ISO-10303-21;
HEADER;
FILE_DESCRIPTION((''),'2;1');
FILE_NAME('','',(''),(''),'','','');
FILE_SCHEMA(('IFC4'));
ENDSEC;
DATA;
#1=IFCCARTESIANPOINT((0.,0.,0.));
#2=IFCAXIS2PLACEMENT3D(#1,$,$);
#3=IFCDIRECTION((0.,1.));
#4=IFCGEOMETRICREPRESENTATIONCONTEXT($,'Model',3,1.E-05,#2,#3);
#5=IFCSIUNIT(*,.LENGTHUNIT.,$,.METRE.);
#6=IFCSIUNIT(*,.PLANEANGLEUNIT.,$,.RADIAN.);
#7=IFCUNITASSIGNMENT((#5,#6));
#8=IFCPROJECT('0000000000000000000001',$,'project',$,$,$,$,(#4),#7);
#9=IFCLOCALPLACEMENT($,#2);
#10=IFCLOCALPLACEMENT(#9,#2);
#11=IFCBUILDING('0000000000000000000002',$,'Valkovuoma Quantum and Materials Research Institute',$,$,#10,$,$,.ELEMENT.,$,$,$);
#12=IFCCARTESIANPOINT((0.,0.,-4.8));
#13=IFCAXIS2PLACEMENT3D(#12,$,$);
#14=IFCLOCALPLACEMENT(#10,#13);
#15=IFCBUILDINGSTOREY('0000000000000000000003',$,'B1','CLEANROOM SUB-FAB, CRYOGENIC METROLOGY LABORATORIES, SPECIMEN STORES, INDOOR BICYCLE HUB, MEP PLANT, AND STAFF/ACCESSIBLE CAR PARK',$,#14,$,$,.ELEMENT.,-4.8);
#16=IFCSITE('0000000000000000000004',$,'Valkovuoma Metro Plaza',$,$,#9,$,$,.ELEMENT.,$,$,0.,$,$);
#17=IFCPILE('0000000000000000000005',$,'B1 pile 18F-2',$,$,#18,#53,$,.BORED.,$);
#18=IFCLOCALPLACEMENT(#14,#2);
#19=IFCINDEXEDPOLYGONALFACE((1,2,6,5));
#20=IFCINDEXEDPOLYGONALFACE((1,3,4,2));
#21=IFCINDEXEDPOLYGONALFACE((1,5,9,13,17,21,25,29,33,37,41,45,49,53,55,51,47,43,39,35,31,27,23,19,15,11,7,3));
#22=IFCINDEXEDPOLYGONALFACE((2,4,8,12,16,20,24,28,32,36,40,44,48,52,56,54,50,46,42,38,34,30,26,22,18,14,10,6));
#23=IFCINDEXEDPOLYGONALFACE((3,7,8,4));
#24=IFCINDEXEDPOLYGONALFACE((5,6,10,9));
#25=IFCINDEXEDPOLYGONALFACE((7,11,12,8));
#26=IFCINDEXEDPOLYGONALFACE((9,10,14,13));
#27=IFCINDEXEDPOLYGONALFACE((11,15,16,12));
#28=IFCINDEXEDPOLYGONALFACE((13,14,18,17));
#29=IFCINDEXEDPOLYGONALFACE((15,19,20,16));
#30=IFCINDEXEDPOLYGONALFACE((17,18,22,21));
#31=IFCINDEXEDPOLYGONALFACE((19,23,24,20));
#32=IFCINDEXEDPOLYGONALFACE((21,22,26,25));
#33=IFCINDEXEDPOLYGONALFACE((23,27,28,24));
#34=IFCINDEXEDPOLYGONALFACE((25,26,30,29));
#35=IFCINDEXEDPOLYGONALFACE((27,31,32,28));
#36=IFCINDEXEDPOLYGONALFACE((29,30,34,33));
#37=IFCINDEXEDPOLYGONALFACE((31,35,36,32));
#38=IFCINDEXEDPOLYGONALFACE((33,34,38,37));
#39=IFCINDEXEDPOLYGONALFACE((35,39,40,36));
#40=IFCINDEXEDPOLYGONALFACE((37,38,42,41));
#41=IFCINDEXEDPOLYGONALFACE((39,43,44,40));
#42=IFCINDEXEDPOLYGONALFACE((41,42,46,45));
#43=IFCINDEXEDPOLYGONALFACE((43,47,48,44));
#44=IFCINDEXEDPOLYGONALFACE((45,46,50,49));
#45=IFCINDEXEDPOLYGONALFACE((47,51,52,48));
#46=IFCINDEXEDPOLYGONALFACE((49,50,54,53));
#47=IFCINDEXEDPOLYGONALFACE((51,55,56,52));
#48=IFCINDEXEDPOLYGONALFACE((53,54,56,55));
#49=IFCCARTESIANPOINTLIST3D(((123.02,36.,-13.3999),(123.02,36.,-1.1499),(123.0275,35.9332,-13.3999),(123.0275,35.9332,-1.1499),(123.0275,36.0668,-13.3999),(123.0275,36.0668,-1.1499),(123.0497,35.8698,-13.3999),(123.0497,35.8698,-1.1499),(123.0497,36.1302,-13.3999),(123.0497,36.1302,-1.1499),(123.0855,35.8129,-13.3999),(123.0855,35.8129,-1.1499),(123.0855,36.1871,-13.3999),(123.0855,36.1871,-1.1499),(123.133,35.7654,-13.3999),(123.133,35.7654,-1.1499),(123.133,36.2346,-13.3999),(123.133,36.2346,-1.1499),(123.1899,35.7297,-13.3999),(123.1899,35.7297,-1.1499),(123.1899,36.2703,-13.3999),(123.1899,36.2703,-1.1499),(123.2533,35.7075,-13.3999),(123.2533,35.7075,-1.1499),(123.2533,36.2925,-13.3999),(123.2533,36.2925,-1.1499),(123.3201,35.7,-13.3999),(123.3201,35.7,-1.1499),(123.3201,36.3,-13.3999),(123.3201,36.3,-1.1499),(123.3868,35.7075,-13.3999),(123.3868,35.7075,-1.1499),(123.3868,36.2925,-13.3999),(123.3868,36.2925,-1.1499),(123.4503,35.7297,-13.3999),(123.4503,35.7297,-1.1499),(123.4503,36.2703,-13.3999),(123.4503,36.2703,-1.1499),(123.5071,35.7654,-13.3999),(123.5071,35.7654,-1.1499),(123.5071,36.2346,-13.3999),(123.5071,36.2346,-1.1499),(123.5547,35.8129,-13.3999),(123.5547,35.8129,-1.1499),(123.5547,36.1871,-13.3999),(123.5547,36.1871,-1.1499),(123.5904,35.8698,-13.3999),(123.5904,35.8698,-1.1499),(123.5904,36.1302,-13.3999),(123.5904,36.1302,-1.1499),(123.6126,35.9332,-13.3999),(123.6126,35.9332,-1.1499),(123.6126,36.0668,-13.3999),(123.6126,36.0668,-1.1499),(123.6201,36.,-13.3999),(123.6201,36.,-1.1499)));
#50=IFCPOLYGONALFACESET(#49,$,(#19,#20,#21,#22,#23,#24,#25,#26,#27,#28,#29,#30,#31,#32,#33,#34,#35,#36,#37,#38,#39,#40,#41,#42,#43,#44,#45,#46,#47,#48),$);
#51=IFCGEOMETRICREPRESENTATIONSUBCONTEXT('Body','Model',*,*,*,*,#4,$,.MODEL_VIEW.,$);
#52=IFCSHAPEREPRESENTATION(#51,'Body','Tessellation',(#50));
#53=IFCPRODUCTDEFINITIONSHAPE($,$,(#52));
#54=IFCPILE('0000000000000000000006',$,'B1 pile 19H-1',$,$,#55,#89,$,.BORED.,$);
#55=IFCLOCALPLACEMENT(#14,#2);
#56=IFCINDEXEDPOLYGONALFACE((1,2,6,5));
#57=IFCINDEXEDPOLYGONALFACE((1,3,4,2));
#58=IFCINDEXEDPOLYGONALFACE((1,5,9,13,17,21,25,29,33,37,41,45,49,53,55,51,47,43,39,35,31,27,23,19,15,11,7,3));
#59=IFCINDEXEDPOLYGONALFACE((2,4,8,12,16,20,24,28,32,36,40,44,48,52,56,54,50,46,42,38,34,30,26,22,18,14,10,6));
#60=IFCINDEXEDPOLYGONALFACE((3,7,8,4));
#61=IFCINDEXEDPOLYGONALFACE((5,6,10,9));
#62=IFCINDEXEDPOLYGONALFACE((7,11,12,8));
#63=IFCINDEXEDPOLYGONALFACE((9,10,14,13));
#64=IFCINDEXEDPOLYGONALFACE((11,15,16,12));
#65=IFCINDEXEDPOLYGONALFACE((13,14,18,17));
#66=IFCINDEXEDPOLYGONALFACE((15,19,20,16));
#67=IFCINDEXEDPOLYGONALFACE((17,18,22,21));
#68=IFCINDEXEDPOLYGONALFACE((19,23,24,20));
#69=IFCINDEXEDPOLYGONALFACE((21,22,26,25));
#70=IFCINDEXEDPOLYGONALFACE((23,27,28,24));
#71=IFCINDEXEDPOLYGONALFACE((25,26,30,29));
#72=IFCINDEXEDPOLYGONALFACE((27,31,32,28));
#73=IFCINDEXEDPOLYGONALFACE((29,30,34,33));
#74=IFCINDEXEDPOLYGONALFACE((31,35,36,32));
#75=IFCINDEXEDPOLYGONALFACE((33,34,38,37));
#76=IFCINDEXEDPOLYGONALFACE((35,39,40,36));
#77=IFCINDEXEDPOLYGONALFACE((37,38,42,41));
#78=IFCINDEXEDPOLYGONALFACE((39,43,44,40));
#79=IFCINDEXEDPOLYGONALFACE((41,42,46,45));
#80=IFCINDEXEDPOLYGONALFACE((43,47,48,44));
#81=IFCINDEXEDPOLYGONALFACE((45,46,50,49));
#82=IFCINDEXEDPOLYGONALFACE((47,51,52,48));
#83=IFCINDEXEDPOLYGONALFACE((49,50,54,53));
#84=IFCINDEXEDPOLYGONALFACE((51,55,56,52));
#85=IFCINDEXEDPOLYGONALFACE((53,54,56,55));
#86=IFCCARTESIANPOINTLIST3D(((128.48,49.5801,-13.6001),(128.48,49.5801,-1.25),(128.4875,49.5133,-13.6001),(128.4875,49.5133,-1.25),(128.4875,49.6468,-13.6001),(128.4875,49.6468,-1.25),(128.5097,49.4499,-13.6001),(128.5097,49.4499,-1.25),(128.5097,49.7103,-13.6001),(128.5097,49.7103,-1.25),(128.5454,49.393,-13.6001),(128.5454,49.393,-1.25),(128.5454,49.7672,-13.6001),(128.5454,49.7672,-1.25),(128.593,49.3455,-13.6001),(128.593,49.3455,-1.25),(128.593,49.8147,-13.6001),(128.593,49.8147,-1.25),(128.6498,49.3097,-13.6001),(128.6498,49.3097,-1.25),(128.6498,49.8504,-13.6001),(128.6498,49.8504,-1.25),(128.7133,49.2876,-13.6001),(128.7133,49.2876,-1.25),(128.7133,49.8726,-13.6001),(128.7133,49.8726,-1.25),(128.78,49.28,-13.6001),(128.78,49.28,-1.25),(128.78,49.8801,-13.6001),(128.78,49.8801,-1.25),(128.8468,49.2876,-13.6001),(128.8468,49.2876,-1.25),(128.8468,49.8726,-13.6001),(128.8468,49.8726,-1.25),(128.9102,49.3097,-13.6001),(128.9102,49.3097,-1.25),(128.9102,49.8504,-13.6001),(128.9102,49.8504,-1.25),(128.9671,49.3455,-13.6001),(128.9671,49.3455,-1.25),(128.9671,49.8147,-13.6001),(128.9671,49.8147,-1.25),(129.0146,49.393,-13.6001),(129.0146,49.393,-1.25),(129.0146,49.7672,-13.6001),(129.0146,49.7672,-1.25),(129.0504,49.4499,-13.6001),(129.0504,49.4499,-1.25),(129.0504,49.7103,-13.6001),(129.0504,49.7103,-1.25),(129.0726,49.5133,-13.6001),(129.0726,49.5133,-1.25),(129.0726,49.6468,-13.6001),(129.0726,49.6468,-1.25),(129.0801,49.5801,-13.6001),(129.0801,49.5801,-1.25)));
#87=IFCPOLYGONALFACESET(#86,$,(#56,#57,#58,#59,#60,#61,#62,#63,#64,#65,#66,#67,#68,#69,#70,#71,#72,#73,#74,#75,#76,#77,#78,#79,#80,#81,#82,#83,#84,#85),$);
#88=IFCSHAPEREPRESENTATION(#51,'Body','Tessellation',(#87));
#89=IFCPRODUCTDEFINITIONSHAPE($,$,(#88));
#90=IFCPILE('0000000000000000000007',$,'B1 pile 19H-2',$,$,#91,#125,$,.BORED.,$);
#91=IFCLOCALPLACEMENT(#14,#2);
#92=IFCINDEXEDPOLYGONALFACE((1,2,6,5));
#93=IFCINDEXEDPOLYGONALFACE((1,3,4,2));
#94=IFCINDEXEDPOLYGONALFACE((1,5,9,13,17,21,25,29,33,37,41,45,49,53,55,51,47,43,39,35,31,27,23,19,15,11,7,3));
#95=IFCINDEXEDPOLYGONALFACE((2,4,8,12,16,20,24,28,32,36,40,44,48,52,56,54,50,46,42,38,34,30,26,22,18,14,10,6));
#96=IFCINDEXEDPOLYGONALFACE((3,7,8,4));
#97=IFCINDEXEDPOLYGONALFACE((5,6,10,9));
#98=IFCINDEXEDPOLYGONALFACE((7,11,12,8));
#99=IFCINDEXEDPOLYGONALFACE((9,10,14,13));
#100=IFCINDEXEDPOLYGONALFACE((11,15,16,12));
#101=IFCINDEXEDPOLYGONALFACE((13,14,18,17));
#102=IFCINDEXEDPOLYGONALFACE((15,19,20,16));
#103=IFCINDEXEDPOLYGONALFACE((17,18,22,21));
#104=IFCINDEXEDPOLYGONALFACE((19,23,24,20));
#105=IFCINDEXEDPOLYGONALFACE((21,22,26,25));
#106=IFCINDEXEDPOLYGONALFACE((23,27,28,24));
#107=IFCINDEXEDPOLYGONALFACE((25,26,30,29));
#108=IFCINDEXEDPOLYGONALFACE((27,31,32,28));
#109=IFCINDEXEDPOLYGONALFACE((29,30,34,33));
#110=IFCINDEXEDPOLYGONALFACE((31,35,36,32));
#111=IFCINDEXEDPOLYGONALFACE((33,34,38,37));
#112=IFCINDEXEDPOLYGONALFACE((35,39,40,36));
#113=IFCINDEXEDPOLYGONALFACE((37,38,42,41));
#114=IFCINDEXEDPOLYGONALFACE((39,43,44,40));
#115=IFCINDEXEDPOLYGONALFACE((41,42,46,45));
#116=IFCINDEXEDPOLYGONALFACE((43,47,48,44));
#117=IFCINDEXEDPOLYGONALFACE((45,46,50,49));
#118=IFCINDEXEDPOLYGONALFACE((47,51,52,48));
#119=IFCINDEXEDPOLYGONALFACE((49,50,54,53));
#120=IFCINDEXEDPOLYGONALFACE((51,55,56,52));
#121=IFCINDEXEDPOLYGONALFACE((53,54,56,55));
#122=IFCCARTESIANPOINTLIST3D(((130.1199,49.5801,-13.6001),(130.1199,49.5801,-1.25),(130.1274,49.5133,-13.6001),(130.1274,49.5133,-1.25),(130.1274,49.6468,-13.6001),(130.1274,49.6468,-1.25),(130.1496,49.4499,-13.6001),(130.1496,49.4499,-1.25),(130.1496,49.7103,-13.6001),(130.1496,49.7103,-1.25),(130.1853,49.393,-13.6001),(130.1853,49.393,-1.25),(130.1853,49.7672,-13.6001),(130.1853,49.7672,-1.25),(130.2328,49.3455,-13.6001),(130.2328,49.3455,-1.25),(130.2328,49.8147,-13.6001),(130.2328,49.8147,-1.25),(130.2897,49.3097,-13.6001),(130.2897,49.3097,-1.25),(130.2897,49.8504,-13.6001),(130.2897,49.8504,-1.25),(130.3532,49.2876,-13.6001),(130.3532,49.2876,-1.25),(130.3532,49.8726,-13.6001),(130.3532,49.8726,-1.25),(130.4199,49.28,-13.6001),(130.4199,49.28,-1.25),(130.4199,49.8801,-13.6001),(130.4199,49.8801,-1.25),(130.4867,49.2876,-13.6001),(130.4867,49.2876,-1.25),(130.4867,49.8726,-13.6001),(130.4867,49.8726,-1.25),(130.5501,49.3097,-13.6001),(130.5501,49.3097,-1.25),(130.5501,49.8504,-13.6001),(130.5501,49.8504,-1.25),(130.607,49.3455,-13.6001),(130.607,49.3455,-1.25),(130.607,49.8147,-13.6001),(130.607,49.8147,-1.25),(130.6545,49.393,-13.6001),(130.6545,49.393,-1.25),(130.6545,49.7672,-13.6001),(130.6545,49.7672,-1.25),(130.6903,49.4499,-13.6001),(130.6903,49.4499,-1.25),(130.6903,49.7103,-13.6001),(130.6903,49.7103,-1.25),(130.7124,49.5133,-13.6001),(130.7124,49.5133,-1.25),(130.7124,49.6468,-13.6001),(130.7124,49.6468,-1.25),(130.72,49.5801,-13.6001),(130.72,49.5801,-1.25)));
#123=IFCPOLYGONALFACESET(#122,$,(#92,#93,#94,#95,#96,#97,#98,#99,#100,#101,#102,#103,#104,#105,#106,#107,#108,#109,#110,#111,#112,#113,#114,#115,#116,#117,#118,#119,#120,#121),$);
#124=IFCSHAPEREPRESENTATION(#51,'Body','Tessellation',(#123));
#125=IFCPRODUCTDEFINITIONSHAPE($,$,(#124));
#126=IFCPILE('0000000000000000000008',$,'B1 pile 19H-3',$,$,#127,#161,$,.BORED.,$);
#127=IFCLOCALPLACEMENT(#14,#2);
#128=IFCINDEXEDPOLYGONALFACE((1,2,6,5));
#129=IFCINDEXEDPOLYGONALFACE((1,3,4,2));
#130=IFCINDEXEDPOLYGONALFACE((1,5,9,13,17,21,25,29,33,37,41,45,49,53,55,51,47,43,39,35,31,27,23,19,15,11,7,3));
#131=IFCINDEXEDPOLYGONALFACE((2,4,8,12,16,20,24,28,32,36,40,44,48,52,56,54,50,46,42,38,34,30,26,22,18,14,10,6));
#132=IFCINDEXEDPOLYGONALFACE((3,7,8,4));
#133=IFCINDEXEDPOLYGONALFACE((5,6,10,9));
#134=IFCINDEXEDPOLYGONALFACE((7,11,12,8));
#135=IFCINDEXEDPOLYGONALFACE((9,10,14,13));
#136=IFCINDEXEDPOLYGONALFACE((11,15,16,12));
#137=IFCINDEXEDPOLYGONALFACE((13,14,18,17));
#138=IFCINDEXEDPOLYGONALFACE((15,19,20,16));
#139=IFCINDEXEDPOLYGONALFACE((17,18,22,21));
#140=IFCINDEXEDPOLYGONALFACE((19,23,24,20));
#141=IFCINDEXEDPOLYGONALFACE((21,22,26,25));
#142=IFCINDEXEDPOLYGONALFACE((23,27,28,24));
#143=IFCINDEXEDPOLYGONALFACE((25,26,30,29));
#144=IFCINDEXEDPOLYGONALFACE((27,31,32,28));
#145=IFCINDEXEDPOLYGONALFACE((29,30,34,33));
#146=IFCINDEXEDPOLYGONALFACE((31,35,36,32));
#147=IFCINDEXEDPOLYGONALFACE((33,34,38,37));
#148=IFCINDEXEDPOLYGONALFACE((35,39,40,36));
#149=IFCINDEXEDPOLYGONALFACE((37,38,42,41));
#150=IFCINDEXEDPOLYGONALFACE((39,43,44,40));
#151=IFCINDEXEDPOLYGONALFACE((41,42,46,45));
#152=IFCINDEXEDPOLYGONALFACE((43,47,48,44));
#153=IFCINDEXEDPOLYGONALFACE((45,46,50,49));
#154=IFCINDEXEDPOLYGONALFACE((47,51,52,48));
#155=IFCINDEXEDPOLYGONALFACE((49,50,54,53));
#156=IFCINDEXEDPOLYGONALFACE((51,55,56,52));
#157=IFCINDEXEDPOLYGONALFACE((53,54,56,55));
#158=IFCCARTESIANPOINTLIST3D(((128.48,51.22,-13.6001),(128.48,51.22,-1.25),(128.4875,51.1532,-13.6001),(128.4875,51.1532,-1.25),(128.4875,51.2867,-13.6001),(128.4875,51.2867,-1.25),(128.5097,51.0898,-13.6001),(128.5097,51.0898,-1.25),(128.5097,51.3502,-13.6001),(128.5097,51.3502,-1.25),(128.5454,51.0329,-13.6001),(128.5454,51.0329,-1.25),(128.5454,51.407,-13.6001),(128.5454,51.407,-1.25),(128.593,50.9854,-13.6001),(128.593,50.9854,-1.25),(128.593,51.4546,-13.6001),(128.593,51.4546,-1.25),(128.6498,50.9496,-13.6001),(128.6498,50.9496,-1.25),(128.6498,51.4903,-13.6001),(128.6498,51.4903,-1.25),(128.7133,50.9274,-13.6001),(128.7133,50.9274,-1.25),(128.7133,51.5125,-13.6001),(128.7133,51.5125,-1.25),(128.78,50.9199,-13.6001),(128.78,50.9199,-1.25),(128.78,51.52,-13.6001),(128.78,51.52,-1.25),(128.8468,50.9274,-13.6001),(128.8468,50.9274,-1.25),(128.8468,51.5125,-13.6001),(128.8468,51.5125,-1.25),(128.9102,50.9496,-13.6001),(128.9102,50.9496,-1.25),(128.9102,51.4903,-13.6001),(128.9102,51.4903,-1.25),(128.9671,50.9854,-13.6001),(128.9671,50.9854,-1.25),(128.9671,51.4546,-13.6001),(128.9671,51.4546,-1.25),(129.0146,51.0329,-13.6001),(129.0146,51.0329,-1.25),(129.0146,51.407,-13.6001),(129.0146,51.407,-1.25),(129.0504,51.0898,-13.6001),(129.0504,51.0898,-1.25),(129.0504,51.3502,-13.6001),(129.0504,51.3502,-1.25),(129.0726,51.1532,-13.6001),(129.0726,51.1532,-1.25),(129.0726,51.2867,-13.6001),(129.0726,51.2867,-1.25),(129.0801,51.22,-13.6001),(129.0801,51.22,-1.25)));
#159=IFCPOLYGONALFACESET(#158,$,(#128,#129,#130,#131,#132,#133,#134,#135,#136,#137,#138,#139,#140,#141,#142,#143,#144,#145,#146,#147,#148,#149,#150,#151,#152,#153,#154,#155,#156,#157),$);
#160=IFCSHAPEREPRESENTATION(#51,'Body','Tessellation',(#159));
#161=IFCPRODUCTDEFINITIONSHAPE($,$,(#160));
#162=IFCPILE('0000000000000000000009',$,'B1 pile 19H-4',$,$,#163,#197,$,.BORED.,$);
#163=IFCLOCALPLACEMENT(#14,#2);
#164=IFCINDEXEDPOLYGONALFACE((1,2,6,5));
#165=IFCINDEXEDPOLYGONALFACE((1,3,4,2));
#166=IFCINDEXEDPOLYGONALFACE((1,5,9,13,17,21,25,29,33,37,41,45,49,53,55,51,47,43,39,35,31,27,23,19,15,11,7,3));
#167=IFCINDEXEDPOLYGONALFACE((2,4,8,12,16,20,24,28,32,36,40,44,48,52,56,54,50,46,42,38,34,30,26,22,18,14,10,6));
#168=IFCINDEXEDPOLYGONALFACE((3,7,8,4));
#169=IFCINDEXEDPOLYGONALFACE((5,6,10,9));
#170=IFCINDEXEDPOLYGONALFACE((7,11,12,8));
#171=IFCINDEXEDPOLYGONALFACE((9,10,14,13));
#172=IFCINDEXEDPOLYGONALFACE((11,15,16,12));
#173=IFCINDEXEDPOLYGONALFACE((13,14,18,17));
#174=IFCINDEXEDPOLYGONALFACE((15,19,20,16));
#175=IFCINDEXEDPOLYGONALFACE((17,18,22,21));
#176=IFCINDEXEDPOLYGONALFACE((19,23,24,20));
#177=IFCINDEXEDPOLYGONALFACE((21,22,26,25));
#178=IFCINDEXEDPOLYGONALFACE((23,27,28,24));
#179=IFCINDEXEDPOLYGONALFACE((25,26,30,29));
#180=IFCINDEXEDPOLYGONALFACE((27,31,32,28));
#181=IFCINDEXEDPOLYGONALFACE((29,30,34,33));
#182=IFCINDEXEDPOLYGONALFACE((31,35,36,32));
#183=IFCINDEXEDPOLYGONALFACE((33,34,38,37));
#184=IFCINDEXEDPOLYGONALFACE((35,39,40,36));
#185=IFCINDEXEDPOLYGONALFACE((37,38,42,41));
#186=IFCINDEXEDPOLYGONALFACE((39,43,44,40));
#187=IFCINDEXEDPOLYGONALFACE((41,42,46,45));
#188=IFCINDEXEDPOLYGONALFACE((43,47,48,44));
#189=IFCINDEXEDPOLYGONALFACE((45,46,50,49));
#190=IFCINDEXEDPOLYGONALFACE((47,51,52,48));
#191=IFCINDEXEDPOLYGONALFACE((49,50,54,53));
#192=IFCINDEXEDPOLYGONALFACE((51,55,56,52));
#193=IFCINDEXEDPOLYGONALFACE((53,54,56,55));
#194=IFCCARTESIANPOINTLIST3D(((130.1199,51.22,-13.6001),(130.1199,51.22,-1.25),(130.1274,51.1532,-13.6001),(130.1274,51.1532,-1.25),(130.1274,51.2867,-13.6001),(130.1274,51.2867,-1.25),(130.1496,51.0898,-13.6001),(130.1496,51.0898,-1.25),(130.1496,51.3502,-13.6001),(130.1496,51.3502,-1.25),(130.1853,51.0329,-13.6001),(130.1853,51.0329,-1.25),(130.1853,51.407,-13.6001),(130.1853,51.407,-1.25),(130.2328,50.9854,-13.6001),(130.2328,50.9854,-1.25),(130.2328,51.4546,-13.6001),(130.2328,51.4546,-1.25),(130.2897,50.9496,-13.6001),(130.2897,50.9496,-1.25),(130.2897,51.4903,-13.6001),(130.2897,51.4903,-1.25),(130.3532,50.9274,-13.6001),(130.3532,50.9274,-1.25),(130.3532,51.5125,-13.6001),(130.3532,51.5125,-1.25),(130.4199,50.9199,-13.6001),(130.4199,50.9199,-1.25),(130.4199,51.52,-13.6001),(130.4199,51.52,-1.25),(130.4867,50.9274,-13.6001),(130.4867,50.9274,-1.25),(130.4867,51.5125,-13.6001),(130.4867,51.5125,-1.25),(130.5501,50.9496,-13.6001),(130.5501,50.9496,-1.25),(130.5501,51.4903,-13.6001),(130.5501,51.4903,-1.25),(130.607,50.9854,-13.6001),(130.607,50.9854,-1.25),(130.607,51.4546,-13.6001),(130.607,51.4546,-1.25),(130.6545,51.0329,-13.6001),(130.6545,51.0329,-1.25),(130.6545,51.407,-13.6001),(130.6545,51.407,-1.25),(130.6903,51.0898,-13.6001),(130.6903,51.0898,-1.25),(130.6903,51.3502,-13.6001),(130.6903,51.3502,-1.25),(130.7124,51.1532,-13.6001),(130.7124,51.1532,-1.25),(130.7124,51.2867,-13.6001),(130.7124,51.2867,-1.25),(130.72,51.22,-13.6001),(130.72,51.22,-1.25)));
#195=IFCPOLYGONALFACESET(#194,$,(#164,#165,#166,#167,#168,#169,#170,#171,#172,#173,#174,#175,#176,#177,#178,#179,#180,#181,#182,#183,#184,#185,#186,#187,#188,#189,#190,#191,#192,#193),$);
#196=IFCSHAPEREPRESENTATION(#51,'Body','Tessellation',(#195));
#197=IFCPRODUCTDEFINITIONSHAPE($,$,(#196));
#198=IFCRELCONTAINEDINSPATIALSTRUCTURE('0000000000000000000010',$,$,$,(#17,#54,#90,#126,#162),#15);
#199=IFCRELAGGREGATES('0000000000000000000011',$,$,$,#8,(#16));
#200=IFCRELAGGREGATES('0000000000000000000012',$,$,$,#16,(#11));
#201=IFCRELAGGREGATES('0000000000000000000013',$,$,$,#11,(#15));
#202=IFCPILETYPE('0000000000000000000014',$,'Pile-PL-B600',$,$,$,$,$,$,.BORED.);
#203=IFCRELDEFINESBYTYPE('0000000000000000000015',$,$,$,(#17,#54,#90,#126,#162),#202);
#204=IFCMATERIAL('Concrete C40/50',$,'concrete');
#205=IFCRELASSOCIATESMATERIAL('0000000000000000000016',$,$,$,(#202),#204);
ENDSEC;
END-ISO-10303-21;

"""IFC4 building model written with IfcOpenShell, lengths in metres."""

from ifc_helpers import new_model, si_unit, direction, frame, origin, origin_2d, place, context, subcontext, project, spatial, circle, extrude, material, material_profile, profile_set, type_object, element, save


model = new_model("IFC4")

# Units and contexts
model_context = context("Model", 3, precision=1e-05, world=origin(), true_north=direction((0.0, 1.0)))
body_context = subcontext(model_context, "Body", "Model", "MODEL_VIEW")
ifc_project = project(units=[si_unit("LENGTHUNIT", "METRE"), si_unit("PLANEANGLEUNIT", "RADIAN")], contexts=[model_context])

# Site, building, storey
site_placement = place(None, origin())
site = spatial("IfcSite", under=ifc_project, at=site_placement, Name="Valkovuoma Metro Plaza", CompositionType="ELEMENT", RefElevation=0.0)
building_placement = place(site_placement, origin())
building = spatial("IfcBuilding", under=site, at=building_placement, Name="Valkovuoma Quantum and Materials Research Institute", CompositionType="ELEMENT")
storey_placement = place(building_placement, frame((0.0, 0.0, -4.8)))
storey = spatial("IfcBuildingStorey", under=building, at=storey_placement, Name="B1", Description="CLEANROOM SUB-FAB, CRYOGENIC METROLOGY LABORATORIES, SPECIMEN STORES, INDOOR BICYCLE HUB, MEP PLANT, AND STAFF/ACCESSIBLE CAR PARK", CompositionType="ELEMENT", Elevation=-4.8)

# Piles
ifc_material_1 = material(Name="Concrete C40/50", Category="concrete")
ifc_material_profile_1 = material_profile(ifc_material_1, circle(Radius=0.3, at=origin_2d()), Name="Concrete C40/50")
ifc_profile_set_1 = profile_set([ifc_material_profile_1], Name="Concrete C40/50")
pile_type_1 = type_object("IfcPileType", Name="Pile-PL-B600", PredefinedType="BORED", material=ifc_profile_set_1)
pile_1_placement = place(storey_placement, frame((123.3201, 36.0, -1.1499), z_axis=(0.0, 0.0, -1.0), x_axis=(1.0, 0.0, 0.0)))
element("IfcPile", 1, at=pile_1_placement, inside=storey, type_object=pile_type_1, Name="B1 pile 18F-2", PredefinedType="BORED", context=body_context, shape_type="SweptSolid", body=[
    extrude(circle(Radius=0.3, at=origin_2d()), origin(), (0.0, 0.0, 1.0), 12.25),
])
for number, where, z_axis, x_axis, name in (
    (2, (128.78, 49.5801, -1.25), (0.0, 0.0, -1.0), (1.0, 0.0, 0.0), "B1 pile 19H-1"),
    (3, (130.4199, 49.5801, -1.25), (0.0, 0.0, -1.0), (1.0, 0.0, 0.0), "B1 pile 19H-2"),
    (4, (128.78, 51.22, -1.25), (0.0, 0.0, -1.0), (1.0, 0.0, 0.0), "B1 pile 19H-3"),
    (5, (130.4199, 51.22, -1.25), (0.0, 0.0, -1.0), (1.0, 0.0, 0.0), "B1 pile 19H-4"),
):
    element("IfcPile", number, at=place(storey_placement, frame(where, z_axis=z_axis, x_axis=x_axis)), inside=storey, type_object=pile_type_1, Name=name, PredefinedType="BORED", context=body_context, shape_type="SweptSolid", body=[
        extrude(circle(Radius=0.3, at=origin_2d()), origin(), (0.0, 0.0, 1.0), 12.3501),
    ])

save(model, "model.ifc")
